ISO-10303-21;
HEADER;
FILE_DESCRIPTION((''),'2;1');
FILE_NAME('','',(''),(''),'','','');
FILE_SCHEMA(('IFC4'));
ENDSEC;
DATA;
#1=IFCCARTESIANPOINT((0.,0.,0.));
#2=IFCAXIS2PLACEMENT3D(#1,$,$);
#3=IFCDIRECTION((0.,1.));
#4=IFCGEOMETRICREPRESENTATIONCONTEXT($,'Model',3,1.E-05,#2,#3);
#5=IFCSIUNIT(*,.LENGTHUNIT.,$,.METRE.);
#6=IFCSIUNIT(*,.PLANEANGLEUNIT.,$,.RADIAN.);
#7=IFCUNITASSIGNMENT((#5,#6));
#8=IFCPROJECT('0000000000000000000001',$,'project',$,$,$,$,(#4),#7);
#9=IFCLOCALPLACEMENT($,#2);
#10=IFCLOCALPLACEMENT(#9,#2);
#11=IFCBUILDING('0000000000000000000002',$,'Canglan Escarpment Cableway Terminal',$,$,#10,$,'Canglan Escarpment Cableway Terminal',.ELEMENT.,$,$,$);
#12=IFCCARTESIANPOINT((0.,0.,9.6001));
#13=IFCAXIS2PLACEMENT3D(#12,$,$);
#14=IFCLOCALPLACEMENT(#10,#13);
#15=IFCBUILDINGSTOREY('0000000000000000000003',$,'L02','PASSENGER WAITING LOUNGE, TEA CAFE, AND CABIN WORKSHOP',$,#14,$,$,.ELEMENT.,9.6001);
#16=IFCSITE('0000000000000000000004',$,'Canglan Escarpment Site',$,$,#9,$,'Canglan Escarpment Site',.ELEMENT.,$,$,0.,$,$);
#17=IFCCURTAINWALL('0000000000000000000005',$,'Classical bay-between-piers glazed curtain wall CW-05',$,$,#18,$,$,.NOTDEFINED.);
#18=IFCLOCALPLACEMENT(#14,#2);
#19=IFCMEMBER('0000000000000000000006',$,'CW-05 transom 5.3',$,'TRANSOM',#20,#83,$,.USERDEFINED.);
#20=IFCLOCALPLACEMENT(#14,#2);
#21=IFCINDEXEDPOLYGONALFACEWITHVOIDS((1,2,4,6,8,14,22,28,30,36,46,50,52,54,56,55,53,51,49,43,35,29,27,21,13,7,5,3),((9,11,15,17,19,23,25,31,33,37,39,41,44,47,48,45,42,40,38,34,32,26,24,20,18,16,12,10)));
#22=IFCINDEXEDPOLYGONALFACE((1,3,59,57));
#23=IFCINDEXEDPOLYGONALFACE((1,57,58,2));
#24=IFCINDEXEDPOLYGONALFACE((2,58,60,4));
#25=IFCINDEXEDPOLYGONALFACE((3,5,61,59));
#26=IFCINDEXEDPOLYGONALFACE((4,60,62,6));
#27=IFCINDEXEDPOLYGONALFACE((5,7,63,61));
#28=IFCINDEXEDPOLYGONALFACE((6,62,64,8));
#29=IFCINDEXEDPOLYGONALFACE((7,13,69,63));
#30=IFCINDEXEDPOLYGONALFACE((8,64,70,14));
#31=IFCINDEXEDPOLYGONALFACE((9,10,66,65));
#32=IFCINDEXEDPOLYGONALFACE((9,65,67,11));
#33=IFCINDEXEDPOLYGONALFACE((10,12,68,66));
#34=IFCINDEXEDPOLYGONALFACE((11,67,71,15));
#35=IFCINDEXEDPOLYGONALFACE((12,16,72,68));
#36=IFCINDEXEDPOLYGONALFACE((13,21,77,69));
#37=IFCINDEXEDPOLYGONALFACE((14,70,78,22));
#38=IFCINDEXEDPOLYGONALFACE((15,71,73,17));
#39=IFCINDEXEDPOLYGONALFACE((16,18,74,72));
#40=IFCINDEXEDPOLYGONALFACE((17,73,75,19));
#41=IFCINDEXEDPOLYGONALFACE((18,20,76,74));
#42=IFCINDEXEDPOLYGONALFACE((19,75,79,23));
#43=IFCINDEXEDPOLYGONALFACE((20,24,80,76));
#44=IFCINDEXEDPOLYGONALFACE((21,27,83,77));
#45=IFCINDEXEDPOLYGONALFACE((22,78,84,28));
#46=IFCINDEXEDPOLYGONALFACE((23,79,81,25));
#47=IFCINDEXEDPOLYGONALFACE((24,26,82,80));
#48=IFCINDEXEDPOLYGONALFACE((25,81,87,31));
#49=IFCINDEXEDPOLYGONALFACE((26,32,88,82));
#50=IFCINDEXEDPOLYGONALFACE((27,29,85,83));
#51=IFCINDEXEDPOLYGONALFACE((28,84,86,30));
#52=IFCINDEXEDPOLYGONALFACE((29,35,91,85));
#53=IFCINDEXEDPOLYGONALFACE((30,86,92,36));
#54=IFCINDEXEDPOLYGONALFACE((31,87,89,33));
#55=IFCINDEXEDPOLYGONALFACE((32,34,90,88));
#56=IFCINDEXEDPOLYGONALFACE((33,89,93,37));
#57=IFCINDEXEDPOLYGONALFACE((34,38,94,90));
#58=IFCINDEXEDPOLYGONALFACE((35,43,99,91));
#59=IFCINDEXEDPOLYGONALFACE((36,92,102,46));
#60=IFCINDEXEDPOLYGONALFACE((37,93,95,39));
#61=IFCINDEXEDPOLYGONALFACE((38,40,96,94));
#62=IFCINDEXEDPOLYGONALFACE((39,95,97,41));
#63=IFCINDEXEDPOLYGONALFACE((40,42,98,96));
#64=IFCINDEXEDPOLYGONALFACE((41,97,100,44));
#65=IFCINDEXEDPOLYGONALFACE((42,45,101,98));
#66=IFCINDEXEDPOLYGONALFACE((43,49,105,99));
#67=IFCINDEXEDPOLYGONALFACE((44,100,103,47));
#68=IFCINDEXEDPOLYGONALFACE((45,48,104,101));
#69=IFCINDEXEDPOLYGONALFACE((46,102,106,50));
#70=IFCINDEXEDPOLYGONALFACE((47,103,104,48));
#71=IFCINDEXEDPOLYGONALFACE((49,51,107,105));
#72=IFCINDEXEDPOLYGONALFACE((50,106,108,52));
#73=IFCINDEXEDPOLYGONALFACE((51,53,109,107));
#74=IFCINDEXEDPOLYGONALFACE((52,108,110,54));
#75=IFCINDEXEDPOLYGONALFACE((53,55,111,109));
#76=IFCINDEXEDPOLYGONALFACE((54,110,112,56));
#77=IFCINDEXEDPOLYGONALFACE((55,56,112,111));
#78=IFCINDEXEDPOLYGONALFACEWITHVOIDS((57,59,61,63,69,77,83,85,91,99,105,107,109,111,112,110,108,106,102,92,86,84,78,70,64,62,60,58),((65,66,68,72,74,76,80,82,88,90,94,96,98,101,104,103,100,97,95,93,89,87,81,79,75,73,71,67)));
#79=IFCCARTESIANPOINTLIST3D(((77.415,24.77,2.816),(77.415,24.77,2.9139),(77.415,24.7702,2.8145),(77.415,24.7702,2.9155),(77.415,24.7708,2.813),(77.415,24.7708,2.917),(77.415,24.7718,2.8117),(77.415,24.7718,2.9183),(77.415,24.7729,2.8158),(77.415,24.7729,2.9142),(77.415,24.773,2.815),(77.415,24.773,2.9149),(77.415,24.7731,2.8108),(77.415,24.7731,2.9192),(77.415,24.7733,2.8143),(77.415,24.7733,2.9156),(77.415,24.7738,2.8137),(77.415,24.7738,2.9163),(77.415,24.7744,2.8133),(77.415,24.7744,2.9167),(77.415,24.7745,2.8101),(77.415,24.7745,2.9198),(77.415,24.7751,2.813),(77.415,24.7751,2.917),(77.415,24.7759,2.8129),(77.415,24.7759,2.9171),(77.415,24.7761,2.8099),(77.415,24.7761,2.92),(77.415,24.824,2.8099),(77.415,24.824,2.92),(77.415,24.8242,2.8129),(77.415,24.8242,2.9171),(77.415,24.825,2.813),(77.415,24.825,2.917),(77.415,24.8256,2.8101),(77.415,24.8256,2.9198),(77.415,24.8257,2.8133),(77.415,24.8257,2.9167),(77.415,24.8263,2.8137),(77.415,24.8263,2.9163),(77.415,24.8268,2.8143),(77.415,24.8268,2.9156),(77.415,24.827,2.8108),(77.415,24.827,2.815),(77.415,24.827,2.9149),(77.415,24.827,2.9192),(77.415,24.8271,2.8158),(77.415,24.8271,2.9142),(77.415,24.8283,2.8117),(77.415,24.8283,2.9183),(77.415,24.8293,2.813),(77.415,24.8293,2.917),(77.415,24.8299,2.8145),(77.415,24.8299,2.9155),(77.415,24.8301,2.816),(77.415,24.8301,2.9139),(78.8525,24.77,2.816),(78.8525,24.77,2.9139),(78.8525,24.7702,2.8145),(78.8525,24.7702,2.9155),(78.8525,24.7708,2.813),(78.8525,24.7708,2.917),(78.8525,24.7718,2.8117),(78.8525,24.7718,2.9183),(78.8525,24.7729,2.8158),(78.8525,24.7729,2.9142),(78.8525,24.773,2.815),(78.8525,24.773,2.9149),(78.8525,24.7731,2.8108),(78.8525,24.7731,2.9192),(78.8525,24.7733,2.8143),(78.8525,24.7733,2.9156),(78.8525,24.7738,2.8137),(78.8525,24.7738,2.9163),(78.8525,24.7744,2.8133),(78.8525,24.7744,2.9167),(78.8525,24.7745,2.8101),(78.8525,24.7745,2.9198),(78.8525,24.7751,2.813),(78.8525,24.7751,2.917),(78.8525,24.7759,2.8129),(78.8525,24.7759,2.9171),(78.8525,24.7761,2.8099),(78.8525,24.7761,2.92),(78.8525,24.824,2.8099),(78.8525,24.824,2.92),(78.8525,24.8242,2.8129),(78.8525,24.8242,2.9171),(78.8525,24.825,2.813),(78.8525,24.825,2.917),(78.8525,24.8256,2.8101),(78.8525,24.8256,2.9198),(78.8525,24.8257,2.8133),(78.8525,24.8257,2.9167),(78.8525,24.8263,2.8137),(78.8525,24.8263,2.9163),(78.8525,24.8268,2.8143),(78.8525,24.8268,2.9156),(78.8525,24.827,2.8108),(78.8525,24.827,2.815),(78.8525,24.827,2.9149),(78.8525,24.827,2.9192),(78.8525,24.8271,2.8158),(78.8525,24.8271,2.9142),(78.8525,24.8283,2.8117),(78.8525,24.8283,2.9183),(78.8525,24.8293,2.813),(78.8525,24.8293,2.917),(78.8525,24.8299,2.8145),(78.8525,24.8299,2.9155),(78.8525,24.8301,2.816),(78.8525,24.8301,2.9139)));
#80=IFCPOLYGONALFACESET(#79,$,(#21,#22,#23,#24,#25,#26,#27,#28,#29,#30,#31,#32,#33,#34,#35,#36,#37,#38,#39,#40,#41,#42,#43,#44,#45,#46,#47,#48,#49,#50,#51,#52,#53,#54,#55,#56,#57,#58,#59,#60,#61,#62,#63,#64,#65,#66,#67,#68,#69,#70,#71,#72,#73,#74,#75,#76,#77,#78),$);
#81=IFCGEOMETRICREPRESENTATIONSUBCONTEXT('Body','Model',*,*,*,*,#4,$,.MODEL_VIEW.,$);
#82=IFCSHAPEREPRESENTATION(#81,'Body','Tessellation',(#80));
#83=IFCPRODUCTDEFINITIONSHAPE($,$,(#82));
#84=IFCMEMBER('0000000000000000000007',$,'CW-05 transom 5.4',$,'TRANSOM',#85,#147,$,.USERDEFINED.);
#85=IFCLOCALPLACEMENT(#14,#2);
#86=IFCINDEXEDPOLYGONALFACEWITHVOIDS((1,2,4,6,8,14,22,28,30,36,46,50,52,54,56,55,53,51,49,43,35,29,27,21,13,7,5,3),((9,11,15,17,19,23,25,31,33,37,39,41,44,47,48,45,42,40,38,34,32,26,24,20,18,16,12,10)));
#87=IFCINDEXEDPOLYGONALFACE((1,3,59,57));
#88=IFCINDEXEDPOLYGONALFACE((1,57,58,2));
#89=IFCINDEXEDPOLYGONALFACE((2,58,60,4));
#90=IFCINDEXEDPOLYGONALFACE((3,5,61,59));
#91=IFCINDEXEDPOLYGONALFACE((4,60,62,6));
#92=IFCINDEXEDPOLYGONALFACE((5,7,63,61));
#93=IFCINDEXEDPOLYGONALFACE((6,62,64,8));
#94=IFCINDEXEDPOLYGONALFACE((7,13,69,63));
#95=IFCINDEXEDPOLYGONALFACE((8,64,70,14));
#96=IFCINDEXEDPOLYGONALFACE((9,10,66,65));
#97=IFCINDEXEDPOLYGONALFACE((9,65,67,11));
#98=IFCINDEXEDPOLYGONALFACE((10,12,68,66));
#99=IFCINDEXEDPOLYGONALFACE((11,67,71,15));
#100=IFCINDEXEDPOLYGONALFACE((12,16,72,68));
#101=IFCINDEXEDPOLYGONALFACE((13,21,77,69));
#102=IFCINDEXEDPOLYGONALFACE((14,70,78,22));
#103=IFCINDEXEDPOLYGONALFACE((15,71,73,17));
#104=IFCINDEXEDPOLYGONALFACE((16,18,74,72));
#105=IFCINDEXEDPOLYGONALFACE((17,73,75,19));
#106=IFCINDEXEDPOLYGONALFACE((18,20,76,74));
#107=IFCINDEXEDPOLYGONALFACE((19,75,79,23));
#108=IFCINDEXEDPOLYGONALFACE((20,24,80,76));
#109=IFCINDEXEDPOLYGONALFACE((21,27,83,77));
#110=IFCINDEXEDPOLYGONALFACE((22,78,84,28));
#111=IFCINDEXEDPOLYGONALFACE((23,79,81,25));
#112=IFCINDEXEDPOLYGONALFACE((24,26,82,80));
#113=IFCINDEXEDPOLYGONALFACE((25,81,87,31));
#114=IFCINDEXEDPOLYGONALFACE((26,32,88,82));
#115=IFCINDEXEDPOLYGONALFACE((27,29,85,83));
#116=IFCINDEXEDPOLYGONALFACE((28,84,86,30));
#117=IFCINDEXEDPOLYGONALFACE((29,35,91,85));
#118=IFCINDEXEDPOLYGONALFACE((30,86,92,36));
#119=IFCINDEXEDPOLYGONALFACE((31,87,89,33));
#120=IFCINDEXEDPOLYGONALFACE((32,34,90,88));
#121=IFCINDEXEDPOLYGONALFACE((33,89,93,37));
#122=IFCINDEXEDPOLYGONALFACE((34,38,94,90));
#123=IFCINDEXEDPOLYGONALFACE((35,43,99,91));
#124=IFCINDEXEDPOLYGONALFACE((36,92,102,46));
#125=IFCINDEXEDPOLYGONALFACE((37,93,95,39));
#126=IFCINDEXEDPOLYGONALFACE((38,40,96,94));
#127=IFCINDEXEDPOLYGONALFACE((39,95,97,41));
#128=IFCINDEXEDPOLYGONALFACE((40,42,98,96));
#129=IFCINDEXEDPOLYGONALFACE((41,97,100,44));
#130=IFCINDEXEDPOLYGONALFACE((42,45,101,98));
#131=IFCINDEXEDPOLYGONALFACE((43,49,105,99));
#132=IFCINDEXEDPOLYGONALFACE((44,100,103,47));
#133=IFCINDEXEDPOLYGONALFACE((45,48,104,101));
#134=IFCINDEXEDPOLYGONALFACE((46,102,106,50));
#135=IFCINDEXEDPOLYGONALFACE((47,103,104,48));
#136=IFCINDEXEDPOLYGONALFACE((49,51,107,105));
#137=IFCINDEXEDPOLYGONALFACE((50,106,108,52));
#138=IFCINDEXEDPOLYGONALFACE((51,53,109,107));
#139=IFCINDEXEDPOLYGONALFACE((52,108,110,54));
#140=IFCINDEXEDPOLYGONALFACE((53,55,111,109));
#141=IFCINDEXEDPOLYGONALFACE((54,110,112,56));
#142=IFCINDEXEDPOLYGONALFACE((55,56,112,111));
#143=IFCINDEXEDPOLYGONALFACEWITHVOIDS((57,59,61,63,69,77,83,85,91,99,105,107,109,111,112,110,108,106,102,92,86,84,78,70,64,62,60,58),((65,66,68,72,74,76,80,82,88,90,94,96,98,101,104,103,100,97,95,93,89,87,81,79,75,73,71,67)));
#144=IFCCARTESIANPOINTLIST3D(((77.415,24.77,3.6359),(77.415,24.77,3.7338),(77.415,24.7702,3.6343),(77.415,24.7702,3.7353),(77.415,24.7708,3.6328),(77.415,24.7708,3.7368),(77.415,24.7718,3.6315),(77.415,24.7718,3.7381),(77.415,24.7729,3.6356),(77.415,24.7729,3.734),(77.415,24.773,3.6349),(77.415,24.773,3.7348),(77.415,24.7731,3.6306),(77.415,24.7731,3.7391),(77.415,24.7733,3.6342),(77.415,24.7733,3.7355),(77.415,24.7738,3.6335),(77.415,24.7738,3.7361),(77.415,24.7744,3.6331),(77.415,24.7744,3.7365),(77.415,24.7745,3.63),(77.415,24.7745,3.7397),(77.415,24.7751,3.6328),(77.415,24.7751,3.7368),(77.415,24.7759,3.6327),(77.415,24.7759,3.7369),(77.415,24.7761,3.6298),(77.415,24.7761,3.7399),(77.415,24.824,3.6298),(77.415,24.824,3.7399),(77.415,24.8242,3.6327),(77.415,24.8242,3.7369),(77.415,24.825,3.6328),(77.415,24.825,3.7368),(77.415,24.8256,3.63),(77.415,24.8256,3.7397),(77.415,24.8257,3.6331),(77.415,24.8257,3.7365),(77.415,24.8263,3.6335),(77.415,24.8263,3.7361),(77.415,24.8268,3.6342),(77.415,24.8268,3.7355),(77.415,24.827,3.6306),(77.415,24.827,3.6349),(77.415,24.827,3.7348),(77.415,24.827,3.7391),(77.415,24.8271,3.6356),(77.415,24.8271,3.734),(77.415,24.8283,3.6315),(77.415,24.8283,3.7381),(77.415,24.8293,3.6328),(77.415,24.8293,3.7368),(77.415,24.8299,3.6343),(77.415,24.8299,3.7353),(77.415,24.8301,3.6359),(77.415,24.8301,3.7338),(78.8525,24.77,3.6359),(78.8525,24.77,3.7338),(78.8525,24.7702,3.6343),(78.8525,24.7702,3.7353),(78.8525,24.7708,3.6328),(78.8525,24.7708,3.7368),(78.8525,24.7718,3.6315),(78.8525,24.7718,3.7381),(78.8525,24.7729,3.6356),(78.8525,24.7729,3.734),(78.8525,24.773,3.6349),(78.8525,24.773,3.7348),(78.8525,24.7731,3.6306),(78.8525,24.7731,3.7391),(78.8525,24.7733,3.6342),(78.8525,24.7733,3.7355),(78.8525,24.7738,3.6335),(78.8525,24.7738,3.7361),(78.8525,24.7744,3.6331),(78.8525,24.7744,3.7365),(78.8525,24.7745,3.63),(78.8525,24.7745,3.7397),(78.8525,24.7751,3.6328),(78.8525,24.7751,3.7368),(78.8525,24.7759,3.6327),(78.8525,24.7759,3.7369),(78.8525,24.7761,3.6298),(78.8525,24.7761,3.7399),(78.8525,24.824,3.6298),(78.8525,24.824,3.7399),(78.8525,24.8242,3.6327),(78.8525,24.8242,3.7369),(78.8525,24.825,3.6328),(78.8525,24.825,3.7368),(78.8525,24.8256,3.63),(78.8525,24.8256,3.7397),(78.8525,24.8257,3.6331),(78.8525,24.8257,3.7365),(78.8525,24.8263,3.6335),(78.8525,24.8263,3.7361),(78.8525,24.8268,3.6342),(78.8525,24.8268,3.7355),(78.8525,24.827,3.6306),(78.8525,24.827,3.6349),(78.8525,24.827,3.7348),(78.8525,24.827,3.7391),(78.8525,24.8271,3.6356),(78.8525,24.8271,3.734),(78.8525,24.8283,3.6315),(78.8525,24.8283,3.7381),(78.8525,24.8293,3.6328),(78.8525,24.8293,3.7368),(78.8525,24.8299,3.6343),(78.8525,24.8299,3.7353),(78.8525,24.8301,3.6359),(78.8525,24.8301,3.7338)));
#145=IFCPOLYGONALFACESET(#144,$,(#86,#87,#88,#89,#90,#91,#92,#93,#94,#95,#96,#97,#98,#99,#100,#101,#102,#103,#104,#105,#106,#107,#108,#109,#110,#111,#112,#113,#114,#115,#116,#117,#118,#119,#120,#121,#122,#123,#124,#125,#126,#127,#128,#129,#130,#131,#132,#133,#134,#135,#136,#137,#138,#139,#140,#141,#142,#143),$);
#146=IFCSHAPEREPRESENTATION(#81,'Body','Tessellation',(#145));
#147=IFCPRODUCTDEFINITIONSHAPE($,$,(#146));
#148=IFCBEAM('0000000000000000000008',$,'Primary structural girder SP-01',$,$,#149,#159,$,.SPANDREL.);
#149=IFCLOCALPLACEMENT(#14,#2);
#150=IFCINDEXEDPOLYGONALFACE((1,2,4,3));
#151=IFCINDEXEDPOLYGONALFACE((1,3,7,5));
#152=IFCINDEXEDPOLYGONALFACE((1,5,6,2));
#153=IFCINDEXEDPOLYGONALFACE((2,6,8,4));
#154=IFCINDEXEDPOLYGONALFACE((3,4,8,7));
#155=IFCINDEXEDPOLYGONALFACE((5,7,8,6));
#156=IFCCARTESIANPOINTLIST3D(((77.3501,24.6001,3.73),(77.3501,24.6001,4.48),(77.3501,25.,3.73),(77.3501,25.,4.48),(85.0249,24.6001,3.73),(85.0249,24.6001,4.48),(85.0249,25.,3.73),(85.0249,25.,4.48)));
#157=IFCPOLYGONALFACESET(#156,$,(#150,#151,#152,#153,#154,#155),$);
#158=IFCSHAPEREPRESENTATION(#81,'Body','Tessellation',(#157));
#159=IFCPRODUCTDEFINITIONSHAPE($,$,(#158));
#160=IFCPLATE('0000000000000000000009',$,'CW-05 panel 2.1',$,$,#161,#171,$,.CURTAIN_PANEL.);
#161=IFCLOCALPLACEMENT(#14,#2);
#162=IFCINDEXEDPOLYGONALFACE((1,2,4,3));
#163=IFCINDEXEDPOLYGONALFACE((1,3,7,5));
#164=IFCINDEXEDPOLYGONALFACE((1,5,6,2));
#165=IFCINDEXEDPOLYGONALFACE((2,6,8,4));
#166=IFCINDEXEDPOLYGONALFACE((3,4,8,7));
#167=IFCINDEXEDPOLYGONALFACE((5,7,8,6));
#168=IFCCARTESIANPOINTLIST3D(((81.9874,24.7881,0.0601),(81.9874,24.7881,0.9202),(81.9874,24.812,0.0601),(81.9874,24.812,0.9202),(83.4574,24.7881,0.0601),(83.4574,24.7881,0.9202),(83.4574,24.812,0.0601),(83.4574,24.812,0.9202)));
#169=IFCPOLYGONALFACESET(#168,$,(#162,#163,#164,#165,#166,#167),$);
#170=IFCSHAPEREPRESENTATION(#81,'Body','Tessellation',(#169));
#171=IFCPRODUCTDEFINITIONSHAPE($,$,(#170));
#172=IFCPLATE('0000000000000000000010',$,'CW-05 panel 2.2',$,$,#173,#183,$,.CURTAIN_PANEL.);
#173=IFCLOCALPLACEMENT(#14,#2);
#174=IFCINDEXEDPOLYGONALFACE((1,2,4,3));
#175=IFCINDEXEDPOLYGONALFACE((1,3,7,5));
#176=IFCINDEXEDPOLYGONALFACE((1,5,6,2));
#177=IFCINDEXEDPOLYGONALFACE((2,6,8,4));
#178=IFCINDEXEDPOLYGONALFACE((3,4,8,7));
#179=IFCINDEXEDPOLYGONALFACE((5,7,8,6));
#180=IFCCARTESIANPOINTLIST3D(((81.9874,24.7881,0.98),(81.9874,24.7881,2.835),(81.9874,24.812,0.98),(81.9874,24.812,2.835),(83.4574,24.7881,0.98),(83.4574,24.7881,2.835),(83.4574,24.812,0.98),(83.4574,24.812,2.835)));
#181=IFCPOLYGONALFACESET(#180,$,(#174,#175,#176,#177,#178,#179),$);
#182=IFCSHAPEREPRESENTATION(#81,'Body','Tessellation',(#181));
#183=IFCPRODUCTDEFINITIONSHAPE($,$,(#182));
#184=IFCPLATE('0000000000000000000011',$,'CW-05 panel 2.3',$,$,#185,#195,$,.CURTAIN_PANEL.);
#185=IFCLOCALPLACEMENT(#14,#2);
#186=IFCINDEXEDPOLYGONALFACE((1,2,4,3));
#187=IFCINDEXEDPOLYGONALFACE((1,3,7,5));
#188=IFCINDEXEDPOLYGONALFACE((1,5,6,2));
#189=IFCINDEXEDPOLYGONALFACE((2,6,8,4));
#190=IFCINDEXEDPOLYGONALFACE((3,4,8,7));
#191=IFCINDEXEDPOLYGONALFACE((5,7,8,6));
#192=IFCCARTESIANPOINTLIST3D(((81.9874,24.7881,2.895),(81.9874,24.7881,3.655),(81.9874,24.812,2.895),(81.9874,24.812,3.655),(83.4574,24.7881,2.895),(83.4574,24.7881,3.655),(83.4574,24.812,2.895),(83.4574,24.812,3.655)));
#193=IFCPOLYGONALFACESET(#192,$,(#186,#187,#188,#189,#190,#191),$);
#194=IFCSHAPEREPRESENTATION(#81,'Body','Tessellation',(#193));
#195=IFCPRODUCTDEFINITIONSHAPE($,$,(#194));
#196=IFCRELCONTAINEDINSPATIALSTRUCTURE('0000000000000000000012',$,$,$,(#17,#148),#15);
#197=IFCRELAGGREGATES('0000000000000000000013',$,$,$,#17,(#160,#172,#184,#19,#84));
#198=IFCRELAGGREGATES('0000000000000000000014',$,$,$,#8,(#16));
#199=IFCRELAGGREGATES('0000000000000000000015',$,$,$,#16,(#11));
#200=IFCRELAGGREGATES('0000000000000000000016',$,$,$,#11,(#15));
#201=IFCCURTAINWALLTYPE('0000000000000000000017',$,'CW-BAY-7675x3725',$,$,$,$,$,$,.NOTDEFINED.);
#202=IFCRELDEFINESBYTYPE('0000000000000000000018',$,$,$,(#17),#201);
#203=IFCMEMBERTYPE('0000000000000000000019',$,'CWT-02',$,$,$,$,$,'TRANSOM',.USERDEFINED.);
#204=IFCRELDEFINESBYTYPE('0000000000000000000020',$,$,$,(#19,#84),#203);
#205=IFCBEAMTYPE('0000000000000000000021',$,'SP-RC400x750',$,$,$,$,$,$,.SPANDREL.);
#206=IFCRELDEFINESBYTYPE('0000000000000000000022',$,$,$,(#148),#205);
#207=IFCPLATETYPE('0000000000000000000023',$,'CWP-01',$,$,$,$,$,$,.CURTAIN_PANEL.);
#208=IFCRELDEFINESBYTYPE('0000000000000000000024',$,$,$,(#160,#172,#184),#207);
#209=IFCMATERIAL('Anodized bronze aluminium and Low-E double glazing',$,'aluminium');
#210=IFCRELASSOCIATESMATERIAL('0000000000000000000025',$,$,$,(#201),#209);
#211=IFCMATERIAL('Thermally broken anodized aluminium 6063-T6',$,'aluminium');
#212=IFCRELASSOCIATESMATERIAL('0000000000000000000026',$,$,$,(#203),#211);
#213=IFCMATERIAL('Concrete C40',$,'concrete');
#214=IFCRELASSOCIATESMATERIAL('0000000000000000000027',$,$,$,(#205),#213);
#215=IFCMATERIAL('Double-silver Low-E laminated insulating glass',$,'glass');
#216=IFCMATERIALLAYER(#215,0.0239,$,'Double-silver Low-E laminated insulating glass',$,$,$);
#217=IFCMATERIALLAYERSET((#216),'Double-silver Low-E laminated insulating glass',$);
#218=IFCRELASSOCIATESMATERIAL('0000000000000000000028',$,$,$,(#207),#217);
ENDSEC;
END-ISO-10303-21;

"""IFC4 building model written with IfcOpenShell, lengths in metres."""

from ifc_helpers import new_model, si_unit, direction, frame, origin, origin_2d, place, context, subcontext, project, spatial, rectangle, hollow_rectangle, extrude, material, layer, layer_set, material_profile, profile_set, type_object, element, aggregate, save


model = new_model("IFC4")

# Units and contexts
model_context = context("Model", 3, precision=1e-05, world=origin(), true_north=direction((0.0, 1.0)))
body_context = subcontext(model_context, "Body", "Model", "MODEL_VIEW")
ifc_project = project(units=[si_unit("LENGTHUNIT", "METRE"), si_unit("PLANEANGLEUNIT", "RADIAN")], contexts=[model_context])

# Site, building, storey
site_placement = place(None, origin())
site = spatial("IfcSite", under=ifc_project, at=site_placement, Name="Canglan Escarpment Site", LongName="Canglan Escarpment Site", CompositionType="ELEMENT", RefElevation=0.0)
building_placement = place(site_placement, origin())
building = spatial("IfcBuilding", under=site, at=building_placement, Name="Canglan Escarpment Cableway Terminal", LongName="Canglan Escarpment Cableway Terminal", CompositionType="ELEMENT")
storey_placement = place(building_placement, frame((0.0, 0.0, 9.6001)))
storey = spatial("IfcBuildingStorey", under=building, at=storey_placement, Name="L02", Description="PASSENGER WAITING LOUNGE, TEA CAFE, AND CABIN WORKSHOP", CompositionType="ELEMENT", Elevation=9.6001)

# Curtain wall, members
ifc_material_1 = material(Name="Anodized bronze aluminium and Low-E double glazing", Category="aluminium")
curtain_wall_type = type_object("IfcCurtainWallType", Name="CW-BAY-7675x3725", PredefinedType="NOTDEFINED", material=ifc_material_1)
curtain_wall_placement = place(storey_placement, origin())
curtain_wall = element("IfcCurtainWall", 1, at=curtain_wall_placement, inside=storey, type_object=curtain_wall_type, Name="Classical bay-between-piers glazed curtain wall CW-05", PredefinedType="NOTDEFINED")
ifc_material_2 = material(Name="Thermally broken anodized aluminium 6063-T6", Category="aluminium")
ifc_material_profile_1 = material_profile(ifc_material_2, hollow_rectangle(XDim=0.0601, YDim=0.1101, WallThickness=0.0029, InnerFilletRadius=0.0029, OuterFilletRadius=0.0061, at=origin_2d()), Name="ALU-TRAN 60x110x3")
ifc_profile_set_1 = profile_set([ifc_material_profile_1], Name="Thermally broken anodized aluminium 6063-T6")
member_type_1 = type_object("IfcMemberType", Name="CWT-02", ElementType="TRANSOM", PredefinedType="USERDEFINED", material=ifc_profile_set_1)
member_1_placement = place(storey_placement, frame((78.8525, 24.8, 2.865), z_axis=(-1.0, 0.0, 0.0), x_axis=(0.0, -1.0, 0.0)))
member_1 = element("IfcMember", 2, at=member_1_placement, type_object=member_type_1, Name="CW-05 transom 5.3", ObjectType="TRANSOM", PredefinedType="USERDEFINED", context=body_context, shape_type="SweptSolid", body=[
    extrude(hollow_rectangle(XDim=0.0601, YDim=0.1101, WallThickness=0.0029, InnerFilletRadius=0.0029, OuterFilletRadius=0.0061, at=origin_2d()), origin(), (0.0, 0.0, 1.0), 1.4375),
])
member_2_placement = place(storey_placement, frame((78.8525, 24.8, 3.6848), z_axis=(-1.0, 0.0, 0.0), x_axis=(0.0, -1.0, 0.0)))
member_2 = element("IfcMember", 3, at=member_2_placement, type_object=member_type_1, Name="CW-05 transom 5.4", ObjectType="TRANSOM", PredefinedType="USERDEFINED", context=body_context, shape_type="SweptSolid", body=[
    extrude(hollow_rectangle(XDim=0.0601, YDim=0.1101, WallThickness=0.0029, InnerFilletRadius=0.0029, OuterFilletRadius=0.0061, at=origin_2d()), origin(), (0.0, 0.0, 1.0), 1.4375),
])

# Beam
ifc_material_3 = material(Name="Concrete C40", Category="concrete")
ifc_material_profile_2 = material_profile(ifc_material_3, rectangle(XDim=0.3999, YDim=0.75, at=origin_2d()), Name="RC 400x750")
ifc_profile_set_2 = profile_set([ifc_material_profile_2], Name="Concrete C40")
beam_type = type_object("IfcBeamType", Name="SP-RC400x750", PredefinedType="SPANDREL", material=ifc_profile_set_2)
beam_placement = place(storey_placement, frame((77.3501, 24.8, 4.105), z_axis=(1.0, 0.0, 0.0), x_axis=(0.0, 1.0, 0.0)))
element("IfcBeam", 4, at=beam_placement, inside=storey, type_object=beam_type, Name="Primary structural girder SP-01", PredefinedType="SPANDREL", context=body_context, shape_type="SweptSolid", body=[
    extrude(rectangle(XDim=0.3999, YDim=0.75, at=origin_2d()), origin(), (0.0, 0.0, 1.0), 7.6748),
])

# Plates
ifc_material_4 = material(Name="Double-silver Low-E laminated insulating glass", Category="glass")
ifc_layer = layer(ifc_material_4, 0.0239, Name="Double-silver Low-E laminated insulating glass")
ifc_layer_set = layer_set([ifc_layer], Name="Double-silver Low-E laminated insulating glass")
plate_type = type_object("IfcPlateType", Name="CWP-01", PredefinedType="CURTAIN_PANEL", material=ifc_layer_set)
plate_1_placement = place(storey_placement, frame((82.7224, 24.8, 0.0601), z_axis=(0.0, 0.0, 1.0), x_axis=(-1.0, 0.0, 0.0)))
plate_1 = element("IfcPlate", 5, at=plate_1_placement, type_object=plate_type, Name="CW-05 panel 2.1", PredefinedType="CURTAIN_PANEL", context=body_context, shape_type="SweptSolid", body=[
    extrude(rectangle(XDim=1.47, YDim=0.0239, at=origin_2d()), origin(), (0.0, 0.0, 1.0), 0.8601),
])
plate_2_placement = place(storey_placement, frame((82.7224, 24.8, 0.98), z_axis=(0.0, 0.0, 1.0), x_axis=(-1.0, 0.0, 0.0)))
plate_2 = element("IfcPlate", 6, at=plate_2_placement, type_object=plate_type, Name="CW-05 panel 2.2", PredefinedType="CURTAIN_PANEL", context=body_context, shape_type="SweptSolid", body=[
    extrude(rectangle(XDim=1.47, YDim=0.0239, at=origin_2d()), origin(), (0.0, 0.0, 1.0), 1.855),
])
plate_3_placement = place(storey_placement, frame((82.7224, 24.8, 2.895), z_axis=(0.0, 0.0, 1.0), x_axis=(-1.0, 0.0, 0.0)))
plate_3 = element("IfcPlate", 7, at=plate_3_placement, type_object=plate_type, Name="CW-05 panel 2.3", PredefinedType="CURTAIN_PANEL", context=body_context, shape_type="SweptSolid", body=[
    extrude(rectangle(XDim=1.47, YDim=0.0239, at=origin_2d()), origin(), (0.0, 0.0, 1.0), 0.76),
])
aggregate(curtain_wall, [plate_1, plate_2, plate_3, member_1, member_2])

save(model, "model.ifc")
